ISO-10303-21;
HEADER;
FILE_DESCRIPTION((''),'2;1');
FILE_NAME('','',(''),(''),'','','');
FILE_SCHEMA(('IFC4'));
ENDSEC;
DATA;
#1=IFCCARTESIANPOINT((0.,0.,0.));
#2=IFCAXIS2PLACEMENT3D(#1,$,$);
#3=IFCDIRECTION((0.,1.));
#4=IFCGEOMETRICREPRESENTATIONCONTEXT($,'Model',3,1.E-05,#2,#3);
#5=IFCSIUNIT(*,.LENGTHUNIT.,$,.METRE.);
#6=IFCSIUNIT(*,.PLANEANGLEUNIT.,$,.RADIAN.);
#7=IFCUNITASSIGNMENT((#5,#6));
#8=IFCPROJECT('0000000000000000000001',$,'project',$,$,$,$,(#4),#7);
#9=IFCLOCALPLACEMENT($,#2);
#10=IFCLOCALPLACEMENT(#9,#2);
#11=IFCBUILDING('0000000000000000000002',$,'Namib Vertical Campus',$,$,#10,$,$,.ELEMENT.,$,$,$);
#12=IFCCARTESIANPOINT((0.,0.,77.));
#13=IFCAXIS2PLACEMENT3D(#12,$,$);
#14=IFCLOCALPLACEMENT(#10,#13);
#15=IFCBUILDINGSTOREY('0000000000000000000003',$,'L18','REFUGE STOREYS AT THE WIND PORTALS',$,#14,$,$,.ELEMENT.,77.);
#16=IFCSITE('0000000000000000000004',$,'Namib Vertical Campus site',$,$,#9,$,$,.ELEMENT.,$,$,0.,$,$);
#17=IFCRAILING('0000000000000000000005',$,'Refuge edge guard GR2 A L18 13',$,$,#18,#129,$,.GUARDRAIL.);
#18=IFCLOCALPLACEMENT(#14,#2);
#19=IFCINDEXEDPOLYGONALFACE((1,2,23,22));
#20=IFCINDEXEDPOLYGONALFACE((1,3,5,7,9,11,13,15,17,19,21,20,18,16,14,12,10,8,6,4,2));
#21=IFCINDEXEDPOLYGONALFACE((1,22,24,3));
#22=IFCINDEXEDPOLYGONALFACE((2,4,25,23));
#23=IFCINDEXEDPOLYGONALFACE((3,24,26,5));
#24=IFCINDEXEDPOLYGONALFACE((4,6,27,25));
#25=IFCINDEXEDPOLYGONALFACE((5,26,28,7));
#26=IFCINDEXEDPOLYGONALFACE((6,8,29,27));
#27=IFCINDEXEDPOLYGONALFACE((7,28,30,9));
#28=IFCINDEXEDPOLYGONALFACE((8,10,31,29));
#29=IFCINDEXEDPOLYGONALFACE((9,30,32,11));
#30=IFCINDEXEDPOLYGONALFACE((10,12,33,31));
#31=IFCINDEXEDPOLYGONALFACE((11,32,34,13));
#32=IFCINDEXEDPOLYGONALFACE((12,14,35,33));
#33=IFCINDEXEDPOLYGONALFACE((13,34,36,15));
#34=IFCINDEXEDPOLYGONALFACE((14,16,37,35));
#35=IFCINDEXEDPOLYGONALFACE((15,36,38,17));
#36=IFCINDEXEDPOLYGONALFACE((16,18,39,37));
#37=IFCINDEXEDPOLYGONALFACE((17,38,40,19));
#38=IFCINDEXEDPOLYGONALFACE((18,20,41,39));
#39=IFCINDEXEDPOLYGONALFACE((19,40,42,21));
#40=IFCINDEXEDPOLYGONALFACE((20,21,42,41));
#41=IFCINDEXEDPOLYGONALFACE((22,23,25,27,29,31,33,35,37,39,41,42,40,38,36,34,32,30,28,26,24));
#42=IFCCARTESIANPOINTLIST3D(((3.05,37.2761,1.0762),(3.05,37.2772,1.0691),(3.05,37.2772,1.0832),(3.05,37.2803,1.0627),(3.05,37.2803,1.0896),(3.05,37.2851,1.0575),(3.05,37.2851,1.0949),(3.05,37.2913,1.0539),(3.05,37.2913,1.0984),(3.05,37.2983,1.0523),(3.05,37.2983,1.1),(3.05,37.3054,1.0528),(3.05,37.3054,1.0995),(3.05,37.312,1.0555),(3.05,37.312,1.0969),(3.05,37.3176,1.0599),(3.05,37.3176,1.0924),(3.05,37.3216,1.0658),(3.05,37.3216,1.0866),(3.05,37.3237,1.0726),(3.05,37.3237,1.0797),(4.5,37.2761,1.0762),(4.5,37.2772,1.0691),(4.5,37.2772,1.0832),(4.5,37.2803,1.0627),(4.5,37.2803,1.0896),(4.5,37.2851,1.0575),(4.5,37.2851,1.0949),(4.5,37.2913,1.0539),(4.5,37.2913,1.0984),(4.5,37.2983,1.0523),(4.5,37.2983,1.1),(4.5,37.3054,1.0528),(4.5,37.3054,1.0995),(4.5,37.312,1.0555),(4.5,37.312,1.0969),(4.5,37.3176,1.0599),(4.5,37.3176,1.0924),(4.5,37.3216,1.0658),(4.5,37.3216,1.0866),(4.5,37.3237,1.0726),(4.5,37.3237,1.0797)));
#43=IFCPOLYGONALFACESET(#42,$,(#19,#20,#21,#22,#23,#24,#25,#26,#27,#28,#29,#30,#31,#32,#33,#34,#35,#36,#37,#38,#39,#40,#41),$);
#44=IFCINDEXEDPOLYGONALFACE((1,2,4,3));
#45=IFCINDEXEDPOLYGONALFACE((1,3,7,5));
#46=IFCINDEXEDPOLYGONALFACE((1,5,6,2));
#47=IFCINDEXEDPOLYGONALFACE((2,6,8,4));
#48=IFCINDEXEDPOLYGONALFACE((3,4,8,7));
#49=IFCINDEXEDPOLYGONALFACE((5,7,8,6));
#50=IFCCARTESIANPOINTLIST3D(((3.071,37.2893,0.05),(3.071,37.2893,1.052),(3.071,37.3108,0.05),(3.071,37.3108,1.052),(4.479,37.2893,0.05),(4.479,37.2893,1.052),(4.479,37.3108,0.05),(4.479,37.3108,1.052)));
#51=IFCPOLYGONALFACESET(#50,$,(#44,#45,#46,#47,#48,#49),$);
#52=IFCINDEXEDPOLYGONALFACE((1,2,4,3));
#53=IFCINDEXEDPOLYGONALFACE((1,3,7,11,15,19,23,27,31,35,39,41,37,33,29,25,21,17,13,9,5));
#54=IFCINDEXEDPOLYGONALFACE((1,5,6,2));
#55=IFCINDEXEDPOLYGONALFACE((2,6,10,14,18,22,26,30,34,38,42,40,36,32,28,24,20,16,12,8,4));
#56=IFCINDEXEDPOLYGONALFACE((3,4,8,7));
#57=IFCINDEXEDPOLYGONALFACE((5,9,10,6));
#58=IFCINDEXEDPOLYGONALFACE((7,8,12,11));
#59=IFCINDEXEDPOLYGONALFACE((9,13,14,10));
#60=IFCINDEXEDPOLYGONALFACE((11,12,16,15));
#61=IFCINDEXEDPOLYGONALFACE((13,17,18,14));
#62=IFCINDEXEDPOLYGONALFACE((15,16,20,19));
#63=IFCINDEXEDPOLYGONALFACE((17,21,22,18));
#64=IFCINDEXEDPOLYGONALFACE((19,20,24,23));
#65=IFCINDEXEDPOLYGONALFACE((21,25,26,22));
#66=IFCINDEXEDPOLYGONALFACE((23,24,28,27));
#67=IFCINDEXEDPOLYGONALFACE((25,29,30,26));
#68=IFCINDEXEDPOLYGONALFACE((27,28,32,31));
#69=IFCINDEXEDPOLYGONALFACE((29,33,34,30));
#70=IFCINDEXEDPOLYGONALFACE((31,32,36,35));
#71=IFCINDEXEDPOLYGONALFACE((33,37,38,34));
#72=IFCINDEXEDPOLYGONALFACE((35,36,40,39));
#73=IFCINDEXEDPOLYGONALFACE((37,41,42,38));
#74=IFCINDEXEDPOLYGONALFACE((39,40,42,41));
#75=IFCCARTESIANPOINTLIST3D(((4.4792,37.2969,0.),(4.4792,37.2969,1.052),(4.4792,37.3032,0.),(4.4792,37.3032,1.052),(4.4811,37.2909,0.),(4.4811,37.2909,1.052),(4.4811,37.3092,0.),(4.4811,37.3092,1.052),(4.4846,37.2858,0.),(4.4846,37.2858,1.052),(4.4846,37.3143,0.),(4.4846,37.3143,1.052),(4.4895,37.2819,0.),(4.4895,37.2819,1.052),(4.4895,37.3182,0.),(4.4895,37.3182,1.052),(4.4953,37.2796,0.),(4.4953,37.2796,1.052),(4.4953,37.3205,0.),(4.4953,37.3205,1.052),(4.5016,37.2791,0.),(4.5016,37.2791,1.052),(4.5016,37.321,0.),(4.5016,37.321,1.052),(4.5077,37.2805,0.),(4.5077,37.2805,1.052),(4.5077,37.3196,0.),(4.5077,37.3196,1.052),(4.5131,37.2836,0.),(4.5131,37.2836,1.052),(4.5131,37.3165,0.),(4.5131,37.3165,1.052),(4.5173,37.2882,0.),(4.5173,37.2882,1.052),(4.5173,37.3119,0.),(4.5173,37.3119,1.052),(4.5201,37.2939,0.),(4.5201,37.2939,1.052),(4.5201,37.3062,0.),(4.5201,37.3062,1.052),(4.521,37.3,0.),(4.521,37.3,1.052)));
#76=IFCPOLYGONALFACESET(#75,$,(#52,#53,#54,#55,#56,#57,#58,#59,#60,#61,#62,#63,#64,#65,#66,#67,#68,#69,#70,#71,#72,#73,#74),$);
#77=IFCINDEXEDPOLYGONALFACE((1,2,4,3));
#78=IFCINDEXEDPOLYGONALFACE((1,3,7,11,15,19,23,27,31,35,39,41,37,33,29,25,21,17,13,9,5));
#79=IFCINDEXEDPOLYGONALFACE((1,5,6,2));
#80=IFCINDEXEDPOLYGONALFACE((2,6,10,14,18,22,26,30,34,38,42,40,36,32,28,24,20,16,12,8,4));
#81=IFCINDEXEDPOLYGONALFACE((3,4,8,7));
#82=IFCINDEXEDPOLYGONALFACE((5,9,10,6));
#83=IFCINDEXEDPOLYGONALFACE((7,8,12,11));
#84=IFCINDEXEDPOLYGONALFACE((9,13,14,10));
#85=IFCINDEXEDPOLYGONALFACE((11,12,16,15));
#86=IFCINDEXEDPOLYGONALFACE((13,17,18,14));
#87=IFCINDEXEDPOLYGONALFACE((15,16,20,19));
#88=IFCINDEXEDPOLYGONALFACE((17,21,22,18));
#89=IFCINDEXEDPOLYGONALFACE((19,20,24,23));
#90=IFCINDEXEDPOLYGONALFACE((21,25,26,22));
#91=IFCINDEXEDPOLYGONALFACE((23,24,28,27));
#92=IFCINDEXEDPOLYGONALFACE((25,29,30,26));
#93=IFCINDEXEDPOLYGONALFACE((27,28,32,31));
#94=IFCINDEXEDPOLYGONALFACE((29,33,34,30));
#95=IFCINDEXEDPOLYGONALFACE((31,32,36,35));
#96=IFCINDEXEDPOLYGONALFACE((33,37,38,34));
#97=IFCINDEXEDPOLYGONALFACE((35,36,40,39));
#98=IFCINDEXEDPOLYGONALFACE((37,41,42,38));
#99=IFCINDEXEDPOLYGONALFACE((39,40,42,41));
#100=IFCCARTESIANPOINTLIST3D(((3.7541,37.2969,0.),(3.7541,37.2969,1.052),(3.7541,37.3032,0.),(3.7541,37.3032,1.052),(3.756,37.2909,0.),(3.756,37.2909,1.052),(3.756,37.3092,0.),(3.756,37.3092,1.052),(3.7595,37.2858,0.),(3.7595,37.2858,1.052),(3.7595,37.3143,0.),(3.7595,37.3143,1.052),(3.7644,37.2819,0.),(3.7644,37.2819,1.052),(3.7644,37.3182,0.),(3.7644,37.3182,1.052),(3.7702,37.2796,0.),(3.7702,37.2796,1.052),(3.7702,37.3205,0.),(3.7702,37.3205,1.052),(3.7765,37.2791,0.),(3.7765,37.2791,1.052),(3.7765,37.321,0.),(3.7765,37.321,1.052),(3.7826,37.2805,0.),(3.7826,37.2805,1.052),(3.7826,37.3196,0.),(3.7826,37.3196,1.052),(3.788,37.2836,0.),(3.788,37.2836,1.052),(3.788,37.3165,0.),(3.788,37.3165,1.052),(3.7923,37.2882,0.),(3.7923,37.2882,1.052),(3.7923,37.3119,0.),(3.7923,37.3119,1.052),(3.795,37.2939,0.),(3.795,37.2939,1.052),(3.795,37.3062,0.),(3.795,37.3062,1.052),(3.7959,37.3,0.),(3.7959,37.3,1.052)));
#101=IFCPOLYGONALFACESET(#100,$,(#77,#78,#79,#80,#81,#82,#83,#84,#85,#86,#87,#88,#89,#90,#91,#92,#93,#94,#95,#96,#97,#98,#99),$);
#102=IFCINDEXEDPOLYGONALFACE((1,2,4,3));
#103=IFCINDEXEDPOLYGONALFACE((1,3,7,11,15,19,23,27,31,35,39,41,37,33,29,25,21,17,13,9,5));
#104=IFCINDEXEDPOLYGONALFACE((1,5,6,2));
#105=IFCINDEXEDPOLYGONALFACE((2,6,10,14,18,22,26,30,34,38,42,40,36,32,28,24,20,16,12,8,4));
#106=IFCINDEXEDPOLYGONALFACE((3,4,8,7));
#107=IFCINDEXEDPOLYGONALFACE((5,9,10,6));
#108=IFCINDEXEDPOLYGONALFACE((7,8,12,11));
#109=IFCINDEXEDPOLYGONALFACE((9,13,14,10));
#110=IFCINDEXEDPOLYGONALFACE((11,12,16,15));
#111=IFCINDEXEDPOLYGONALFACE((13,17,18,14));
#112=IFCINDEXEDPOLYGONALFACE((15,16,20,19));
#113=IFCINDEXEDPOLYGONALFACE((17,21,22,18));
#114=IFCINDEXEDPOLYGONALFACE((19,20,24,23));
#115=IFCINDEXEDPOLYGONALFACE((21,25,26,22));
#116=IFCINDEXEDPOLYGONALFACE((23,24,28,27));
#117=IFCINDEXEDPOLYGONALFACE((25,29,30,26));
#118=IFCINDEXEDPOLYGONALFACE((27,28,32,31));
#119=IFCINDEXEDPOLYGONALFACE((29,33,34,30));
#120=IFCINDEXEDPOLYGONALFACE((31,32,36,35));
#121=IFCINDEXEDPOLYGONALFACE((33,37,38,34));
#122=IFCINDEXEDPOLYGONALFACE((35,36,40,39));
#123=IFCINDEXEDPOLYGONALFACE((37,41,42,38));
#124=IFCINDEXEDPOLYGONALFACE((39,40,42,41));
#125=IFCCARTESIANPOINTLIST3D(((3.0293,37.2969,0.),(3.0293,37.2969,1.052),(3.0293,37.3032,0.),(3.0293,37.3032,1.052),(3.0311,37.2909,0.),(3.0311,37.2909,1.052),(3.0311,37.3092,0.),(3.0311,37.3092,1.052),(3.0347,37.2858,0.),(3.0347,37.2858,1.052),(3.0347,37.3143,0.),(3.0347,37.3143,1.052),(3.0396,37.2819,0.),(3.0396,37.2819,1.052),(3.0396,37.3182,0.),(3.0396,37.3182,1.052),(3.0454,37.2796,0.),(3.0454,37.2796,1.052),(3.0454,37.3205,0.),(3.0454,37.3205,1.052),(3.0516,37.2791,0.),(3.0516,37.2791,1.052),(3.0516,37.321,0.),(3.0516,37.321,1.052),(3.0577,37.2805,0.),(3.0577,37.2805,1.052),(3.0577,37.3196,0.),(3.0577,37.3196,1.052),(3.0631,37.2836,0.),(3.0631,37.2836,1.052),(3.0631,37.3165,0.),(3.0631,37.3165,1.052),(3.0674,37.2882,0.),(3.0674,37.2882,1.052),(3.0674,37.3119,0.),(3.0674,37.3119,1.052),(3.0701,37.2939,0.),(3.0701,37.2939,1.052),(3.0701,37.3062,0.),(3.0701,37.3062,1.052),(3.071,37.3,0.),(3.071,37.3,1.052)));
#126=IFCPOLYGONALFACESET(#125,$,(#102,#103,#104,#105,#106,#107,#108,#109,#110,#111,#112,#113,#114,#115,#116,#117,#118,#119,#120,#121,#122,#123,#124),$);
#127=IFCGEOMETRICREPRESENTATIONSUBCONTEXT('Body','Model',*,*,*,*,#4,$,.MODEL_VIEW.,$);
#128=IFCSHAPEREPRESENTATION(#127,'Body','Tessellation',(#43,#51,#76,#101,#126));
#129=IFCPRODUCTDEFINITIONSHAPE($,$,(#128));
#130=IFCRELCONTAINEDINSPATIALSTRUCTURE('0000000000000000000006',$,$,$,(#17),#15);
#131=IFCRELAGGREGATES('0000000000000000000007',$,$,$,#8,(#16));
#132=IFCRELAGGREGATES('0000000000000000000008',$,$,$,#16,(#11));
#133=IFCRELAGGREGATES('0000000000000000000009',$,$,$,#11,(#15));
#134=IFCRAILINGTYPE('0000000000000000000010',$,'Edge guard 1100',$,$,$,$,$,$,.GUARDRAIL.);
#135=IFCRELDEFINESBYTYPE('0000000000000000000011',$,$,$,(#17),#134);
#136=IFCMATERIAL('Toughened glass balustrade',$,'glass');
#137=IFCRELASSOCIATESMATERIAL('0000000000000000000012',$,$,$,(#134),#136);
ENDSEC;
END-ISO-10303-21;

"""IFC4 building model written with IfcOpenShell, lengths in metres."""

from ifc_helpers import new_model, si_unit, direction, frame, origin, origin_2d, place, context, subcontext, project, spatial, polyline, circle, outline, extrude, material, type_object, element, save


model = new_model("IFC4")

# Units and contexts
model_context = context("Model", 3, precision=1e-05, world=origin(), true_north=direction((0.0, 1.0)))
body_context = subcontext(model_context, "Body", "Model", "MODEL_VIEW")
ifc_project = project(units=[si_unit("LENGTHUNIT", "METRE"), si_unit("PLANEANGLEUNIT", "RADIAN")], contexts=[model_context])

# Site, building, storey
site_placement = place(None, origin())
site = spatial("IfcSite", under=ifc_project, at=site_placement, Name="Namib Vertical Campus site", CompositionType="ELEMENT", RefElevation=0.0)
building_placement = place(site_placement, origin())
building = spatial("IfcBuilding", under=site, at=building_placement, Name="Namib Vertical Campus", CompositionType="ELEMENT")
storey_placement = place(building_placement, frame((0.0, 0.0, 77.0)))
storey = spatial("IfcBuildingStorey", under=building, at=storey_placement, Name="L18", Description="REFUGE STOREYS AT THE WIND PORTALS", CompositionType="ELEMENT", Elevation=77.0)

# Railing
ifc_material_1 = material(Name="Toughened glass balustrade", Category="glass")
railing_type = type_object("IfcRailingType", Name="Edge guard 1100", PredefinedType="GUARDRAIL", material=ifc_material_1)
railing_1_placement = place(storey_placement, frame((4.5, 37.3, 0.0)))
element("IfcRailing", 1, at=railing_1_placement, inside=storey, type_object=railing_type, Name="Refuge edge guard GR2 A L18 13", PredefinedType="GUARDRAIL", context=body_context, shape_type="SweptSolid", body=[
    extrude(circle(Radius=0.0239, at=origin_2d()), frame((0.0, 0.0, 1.0762), z_axis=(-1.0, 0.0, 0.0), x_axis=(0.0, -1.0, 0.0)), (0.0, 0.0, 1.0), 1.45),
    extrude(outline(polyline([(0.021, 0.05), (1.429, 0.05), (1.429, 1.052), (0.021, 1.052), (0.021, 0.05)])), frame((0.0, -0.0107, 0.0), z_axis=(0.0, 1.0, 0.0), x_axis=(-1.0, 0.0, 0.0)), (0.0, 0.0, 1.0), 0.0215),
    extrude(circle(Radius=0.021, at=origin_2d()), origin(), (0.0, 0.0, 1.0), 1.052),
    extrude(circle(Radius=0.021, at=origin_2d()), frame((-0.7251, 0.0, 0.0)), (0.0, 0.0, 1.0), 1.052),
    extrude(circle(Radius=0.021, at=origin_2d()), frame((-1.45, 0.0, 0.0)), (0.0, 0.0, 1.0), 1.052),
])

save(model, "model.ifc")
